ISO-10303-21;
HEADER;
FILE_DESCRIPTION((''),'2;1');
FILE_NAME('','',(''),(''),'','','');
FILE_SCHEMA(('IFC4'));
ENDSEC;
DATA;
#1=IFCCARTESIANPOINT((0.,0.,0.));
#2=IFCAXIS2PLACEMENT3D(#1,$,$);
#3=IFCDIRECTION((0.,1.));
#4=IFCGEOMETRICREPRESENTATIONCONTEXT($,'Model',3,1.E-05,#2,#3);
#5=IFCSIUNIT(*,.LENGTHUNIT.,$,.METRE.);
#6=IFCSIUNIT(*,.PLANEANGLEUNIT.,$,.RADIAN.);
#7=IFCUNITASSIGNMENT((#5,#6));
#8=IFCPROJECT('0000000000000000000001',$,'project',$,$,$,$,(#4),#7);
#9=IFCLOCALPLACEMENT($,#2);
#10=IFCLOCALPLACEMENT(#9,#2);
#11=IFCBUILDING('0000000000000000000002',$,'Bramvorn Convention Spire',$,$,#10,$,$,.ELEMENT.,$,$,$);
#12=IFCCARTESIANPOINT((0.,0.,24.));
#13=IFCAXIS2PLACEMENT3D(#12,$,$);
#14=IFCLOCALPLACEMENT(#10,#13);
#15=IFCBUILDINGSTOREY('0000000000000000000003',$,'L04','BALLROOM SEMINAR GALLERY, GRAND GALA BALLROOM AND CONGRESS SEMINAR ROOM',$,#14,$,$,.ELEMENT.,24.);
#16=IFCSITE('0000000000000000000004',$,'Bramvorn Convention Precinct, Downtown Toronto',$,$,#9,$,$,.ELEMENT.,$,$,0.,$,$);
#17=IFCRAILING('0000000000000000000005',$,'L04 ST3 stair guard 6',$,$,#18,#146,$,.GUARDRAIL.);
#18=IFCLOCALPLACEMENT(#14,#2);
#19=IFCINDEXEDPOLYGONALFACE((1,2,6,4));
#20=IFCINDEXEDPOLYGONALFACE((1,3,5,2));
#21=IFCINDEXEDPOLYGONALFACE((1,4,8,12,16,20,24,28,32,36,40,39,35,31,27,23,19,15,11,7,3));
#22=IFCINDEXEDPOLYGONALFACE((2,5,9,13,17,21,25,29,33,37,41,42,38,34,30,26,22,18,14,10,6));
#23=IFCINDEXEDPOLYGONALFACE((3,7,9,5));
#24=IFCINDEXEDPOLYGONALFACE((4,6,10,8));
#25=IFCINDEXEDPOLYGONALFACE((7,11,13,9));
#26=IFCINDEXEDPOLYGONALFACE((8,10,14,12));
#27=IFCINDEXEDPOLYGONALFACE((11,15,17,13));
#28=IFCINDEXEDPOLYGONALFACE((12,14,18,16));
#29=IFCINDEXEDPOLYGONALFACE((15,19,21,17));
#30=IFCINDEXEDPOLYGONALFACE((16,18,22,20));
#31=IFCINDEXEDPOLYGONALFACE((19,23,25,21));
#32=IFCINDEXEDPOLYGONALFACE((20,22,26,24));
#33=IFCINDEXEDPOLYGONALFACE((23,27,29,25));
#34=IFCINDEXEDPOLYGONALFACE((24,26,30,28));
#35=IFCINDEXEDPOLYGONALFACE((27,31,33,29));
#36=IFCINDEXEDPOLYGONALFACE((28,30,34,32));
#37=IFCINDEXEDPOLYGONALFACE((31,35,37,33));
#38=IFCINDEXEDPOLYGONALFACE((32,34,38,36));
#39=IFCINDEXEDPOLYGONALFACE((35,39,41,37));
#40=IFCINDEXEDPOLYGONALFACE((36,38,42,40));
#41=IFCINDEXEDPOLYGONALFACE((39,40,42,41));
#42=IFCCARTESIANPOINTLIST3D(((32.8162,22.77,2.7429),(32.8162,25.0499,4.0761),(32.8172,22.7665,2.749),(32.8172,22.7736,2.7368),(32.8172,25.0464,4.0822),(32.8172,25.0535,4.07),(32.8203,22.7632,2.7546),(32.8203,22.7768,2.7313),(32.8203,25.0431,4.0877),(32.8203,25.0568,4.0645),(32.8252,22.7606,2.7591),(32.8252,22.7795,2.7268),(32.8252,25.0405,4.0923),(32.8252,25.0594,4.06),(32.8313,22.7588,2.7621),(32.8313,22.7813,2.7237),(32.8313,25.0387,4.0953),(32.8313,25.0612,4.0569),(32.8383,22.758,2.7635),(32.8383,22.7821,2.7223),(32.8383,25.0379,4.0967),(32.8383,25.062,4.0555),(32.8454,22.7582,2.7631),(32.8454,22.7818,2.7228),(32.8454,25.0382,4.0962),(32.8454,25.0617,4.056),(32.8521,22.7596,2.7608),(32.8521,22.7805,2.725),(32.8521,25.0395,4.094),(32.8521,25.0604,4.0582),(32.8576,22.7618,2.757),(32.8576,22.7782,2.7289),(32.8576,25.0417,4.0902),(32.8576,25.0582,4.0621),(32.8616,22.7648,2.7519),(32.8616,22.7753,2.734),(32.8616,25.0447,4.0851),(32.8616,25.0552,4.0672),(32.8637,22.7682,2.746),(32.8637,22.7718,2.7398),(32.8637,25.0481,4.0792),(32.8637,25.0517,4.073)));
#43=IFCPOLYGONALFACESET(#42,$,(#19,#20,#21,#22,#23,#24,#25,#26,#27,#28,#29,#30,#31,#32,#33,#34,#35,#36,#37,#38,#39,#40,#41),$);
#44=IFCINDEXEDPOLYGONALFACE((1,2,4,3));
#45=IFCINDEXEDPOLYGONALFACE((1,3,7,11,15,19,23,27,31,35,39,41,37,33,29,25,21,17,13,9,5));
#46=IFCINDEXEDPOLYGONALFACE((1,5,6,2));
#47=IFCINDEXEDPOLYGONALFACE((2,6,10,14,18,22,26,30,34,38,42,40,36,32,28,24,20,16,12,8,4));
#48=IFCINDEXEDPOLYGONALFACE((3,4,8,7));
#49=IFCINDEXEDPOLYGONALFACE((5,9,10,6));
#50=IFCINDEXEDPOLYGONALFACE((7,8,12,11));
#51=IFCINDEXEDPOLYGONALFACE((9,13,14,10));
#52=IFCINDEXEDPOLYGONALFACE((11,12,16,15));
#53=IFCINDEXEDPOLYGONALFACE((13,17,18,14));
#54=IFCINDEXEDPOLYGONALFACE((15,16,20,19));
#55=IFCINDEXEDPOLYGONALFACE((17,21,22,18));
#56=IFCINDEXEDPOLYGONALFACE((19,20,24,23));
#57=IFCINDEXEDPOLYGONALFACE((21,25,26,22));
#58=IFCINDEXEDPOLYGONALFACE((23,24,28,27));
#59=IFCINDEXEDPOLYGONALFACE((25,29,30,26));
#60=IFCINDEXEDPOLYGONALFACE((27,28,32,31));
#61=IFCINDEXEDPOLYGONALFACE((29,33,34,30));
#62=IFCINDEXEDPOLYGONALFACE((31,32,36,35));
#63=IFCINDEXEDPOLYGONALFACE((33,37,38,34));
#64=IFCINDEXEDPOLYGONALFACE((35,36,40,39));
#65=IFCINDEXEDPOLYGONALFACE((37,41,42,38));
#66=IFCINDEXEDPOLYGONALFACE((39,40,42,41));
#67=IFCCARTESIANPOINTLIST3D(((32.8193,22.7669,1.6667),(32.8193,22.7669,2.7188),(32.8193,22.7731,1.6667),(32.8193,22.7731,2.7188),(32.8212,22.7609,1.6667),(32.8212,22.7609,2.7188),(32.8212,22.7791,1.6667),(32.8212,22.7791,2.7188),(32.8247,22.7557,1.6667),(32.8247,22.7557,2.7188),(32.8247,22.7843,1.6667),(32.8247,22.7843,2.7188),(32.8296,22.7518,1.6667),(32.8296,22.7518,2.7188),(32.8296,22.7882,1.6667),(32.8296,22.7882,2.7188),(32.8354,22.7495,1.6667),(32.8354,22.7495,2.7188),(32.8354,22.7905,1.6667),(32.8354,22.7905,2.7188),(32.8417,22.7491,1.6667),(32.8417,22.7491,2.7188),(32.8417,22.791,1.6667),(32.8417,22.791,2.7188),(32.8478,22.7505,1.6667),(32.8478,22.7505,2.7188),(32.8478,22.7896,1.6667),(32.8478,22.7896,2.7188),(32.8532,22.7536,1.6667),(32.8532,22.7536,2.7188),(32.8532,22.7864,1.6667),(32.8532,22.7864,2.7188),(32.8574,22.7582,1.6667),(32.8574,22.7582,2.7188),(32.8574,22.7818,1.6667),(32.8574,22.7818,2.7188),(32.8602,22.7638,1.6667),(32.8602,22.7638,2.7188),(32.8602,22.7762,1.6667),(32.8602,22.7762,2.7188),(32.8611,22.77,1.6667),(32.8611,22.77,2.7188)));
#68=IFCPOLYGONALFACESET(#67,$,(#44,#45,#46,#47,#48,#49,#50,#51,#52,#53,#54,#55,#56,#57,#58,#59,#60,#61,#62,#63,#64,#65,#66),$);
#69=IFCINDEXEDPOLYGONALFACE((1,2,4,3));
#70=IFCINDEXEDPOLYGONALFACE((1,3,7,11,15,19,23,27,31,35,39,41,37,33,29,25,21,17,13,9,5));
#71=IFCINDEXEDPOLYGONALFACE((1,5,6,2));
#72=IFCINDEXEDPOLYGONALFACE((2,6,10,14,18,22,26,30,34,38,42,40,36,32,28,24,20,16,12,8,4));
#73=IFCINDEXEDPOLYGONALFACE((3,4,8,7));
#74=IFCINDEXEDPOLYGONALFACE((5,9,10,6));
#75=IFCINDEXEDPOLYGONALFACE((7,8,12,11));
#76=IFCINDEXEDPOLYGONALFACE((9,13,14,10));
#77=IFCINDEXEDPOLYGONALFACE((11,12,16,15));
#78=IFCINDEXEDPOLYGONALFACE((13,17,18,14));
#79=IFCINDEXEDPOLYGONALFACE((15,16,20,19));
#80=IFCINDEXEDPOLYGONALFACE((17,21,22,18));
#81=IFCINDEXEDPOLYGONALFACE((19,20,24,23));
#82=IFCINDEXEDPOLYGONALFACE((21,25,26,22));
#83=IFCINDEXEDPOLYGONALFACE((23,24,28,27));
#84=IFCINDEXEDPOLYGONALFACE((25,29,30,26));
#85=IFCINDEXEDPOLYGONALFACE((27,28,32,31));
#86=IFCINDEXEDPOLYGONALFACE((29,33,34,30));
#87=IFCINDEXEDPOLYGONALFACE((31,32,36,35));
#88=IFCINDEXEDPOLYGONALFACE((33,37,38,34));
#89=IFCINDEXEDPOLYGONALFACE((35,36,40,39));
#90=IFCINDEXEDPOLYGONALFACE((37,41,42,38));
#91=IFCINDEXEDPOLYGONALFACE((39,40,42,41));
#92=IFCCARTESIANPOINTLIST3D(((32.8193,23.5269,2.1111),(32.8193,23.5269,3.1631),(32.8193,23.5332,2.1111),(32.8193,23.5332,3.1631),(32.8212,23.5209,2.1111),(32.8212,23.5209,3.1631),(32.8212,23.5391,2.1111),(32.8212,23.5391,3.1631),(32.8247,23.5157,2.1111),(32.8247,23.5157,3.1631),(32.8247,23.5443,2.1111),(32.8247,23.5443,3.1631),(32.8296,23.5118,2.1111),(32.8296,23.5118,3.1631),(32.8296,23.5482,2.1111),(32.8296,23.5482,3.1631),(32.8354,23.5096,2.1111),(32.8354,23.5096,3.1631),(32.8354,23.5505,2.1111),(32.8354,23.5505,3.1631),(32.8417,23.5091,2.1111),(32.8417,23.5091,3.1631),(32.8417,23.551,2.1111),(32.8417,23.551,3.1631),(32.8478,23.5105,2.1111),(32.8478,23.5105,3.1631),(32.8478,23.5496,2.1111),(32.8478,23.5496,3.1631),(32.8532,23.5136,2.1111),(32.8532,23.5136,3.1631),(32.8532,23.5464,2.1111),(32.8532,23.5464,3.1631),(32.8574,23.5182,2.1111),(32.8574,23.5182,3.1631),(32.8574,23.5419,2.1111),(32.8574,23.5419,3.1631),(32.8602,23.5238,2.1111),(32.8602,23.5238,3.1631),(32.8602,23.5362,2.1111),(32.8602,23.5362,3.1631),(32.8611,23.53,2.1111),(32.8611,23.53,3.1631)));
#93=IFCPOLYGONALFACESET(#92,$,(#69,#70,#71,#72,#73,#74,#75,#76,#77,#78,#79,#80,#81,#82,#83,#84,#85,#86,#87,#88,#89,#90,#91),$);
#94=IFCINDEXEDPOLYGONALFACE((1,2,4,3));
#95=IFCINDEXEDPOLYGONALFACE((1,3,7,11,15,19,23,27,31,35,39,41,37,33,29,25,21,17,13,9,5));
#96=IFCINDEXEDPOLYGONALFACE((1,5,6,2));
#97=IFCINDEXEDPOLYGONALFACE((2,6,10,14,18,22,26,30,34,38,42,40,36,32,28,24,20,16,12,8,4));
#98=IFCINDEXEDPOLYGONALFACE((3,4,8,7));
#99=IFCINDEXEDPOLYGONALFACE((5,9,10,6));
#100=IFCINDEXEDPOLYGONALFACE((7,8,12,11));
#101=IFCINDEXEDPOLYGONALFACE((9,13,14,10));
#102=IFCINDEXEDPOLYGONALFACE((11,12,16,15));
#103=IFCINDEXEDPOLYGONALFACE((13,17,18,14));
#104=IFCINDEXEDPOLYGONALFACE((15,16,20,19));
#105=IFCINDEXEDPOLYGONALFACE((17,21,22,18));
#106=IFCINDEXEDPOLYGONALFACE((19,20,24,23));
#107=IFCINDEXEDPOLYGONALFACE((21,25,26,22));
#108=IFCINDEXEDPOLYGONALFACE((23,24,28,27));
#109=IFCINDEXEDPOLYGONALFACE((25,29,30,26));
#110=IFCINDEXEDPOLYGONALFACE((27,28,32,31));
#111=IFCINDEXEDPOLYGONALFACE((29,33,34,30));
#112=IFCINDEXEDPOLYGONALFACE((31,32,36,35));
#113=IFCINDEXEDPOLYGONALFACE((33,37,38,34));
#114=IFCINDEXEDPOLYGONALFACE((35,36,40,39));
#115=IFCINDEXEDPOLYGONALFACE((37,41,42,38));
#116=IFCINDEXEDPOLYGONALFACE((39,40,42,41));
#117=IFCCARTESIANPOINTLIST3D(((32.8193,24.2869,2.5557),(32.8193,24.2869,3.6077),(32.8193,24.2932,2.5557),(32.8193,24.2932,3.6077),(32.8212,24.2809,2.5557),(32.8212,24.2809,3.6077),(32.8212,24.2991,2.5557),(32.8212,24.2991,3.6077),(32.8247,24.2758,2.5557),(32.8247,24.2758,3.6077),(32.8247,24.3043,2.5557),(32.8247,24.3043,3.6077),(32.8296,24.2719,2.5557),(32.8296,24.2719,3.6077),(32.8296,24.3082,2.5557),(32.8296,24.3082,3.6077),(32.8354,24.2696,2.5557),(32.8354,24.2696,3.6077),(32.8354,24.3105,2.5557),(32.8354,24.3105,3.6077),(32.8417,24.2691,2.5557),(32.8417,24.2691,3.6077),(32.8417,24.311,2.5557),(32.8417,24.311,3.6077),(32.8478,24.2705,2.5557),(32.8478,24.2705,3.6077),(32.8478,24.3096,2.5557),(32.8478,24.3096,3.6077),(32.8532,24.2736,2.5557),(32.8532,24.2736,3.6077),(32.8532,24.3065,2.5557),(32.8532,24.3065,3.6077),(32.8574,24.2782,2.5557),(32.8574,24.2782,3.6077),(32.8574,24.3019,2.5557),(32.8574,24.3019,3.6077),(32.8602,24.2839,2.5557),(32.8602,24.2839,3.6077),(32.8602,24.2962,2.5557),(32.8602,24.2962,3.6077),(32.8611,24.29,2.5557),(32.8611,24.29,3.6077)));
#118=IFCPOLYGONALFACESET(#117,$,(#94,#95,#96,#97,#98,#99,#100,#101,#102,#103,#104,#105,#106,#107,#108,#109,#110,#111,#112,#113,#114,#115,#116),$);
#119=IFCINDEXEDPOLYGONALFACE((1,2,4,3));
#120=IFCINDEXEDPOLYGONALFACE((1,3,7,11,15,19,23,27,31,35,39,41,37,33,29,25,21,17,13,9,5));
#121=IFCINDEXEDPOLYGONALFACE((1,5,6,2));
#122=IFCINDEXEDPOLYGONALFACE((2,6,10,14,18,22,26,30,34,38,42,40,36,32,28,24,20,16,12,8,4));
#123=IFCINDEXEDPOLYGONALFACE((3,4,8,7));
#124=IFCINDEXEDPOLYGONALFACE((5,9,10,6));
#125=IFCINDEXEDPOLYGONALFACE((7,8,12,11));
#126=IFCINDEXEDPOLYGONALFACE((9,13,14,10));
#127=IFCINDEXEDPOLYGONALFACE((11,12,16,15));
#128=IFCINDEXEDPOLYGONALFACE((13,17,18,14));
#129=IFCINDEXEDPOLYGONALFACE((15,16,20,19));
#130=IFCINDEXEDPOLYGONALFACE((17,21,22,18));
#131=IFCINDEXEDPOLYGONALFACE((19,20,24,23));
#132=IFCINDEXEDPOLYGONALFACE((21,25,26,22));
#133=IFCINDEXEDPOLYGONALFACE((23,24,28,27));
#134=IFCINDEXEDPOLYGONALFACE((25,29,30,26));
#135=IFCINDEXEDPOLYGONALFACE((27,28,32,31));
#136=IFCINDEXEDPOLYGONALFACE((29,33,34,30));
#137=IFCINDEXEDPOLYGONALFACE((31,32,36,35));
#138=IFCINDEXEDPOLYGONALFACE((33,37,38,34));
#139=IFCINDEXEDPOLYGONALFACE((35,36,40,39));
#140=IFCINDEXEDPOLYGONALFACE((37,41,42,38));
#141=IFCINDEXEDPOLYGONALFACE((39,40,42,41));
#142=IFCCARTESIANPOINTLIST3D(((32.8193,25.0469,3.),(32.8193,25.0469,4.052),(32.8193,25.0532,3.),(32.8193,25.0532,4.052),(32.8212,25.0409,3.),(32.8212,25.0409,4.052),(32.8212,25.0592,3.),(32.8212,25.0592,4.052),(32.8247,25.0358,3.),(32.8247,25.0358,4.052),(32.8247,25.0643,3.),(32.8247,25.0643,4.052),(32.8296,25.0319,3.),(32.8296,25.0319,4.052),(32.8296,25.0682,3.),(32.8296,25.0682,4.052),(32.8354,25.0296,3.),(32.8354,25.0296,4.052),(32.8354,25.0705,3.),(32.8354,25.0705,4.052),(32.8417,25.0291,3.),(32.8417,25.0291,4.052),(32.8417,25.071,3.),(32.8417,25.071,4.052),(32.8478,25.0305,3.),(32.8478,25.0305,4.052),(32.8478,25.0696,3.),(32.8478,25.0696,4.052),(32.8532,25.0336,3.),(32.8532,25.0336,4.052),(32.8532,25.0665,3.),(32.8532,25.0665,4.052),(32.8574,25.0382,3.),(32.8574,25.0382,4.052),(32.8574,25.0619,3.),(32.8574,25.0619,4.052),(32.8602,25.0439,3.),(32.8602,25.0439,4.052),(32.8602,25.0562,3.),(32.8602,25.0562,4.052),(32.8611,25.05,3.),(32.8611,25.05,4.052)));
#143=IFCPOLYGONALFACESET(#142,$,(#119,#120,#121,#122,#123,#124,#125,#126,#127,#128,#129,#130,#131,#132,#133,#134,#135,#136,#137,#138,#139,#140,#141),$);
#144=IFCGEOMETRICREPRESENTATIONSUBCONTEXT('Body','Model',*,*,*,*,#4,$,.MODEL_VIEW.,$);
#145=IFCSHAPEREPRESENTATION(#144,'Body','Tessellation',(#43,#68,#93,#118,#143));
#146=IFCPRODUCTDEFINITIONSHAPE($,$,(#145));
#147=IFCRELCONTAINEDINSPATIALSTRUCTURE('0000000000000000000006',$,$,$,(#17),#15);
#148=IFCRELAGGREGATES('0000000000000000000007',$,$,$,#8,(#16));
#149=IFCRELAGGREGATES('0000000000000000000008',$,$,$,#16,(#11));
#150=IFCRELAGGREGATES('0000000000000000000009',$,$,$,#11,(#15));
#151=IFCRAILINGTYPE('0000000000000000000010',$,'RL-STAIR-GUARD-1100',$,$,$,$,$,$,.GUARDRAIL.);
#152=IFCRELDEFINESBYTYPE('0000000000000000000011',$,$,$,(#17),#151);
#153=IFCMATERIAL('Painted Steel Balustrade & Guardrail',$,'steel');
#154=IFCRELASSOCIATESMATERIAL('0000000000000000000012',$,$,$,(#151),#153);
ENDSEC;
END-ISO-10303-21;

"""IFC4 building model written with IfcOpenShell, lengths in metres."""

from ifc_helpers import new_model, si_unit, direction, frame, origin, origin_2d, place, context, subcontext, project, spatial, circle, extrude, material, type_object, element, save


model = new_model("IFC4")

# Units and contexts
model_context = context("Model", 3, precision=1e-05, world=origin(), true_north=direction((0.0, 1.0)))
body_context = subcontext(model_context, "Body", "Model", "MODEL_VIEW")
ifc_project = project(units=[si_unit("LENGTHUNIT", "METRE"), si_unit("PLANEANGLEUNIT", "RADIAN")], contexts=[model_context])

# Site, building, storey
site_placement = place(None, origin())
site = spatial("IfcSite", under=ifc_project, at=site_placement, Name="Bramvorn Convention Precinct, Downtown Toronto", CompositionType="ELEMENT", RefElevation=0.0)
building_placement = place(site_placement, origin())
building = spatial("IfcBuilding", under=site, at=building_placement, Name="Bramvorn Convention Spire", CompositionType="ELEMENT")
storey_placement = place(building_placement, frame((0.0, 0.0, 24.0)))
storey = spatial("IfcBuildingStorey", under=building, at=storey_placement, Name="L04", Description="BALLROOM SEMINAR GALLERY, GRAND GALA BALLROOM AND CONGRESS SEMINAR ROOM", CompositionType="ELEMENT", Elevation=24.0)

# Railing
ifc_material_1 = material(Name="Painted Steel Balustrade & Guardrail", Category="steel")
railing_type_1 = type_object("IfcRailingType", Name="RL-STAIR-GUARD-1100", PredefinedType="GUARDRAIL", material=ifc_material_1)
railing_1_placement = place(storey_placement, frame((32.8401, 22.77, 1.6667)))
element("IfcRailing", 1, at=railing_1_placement, inside=storey, type_object=railing_type_1, Name="L04 ST3 stair guard 6", PredefinedType="GUARDRAIL", context=body_context, shape_type="SweptSolid", body=[
    extrude(circle(Radius=0.0239, at=origin_2d()), frame((0.0, 0.0, 1.0762), z_axis=(0.0, 0.863245, 0.504785), x_axis=(-1.0, 0.0, 0.0)), (0.0, 0.0, 1.0), 2.6411),
    extrude(circle(Radius=0.021, at=origin_2d()), origin(), (0.0, 0.0, 1.0), 1.052),
    extrude(circle(Radius=0.021, at=origin_2d()), frame((0.0, 0.76, 0.4443)), (0.0, 0.0, 1.0), 1.052),
    extrude(circle(Radius=0.021, at=origin_2d()), frame((0.0, 1.52, 0.8889)), (0.0, 0.0, 1.0), 1.052),
    extrude(circle(Radius=0.021, at=origin_2d()), frame((0.0, 2.28, 1.3333)), (0.0, 0.0, 1.0), 1.052),
])

save(model, "model.ifc")
